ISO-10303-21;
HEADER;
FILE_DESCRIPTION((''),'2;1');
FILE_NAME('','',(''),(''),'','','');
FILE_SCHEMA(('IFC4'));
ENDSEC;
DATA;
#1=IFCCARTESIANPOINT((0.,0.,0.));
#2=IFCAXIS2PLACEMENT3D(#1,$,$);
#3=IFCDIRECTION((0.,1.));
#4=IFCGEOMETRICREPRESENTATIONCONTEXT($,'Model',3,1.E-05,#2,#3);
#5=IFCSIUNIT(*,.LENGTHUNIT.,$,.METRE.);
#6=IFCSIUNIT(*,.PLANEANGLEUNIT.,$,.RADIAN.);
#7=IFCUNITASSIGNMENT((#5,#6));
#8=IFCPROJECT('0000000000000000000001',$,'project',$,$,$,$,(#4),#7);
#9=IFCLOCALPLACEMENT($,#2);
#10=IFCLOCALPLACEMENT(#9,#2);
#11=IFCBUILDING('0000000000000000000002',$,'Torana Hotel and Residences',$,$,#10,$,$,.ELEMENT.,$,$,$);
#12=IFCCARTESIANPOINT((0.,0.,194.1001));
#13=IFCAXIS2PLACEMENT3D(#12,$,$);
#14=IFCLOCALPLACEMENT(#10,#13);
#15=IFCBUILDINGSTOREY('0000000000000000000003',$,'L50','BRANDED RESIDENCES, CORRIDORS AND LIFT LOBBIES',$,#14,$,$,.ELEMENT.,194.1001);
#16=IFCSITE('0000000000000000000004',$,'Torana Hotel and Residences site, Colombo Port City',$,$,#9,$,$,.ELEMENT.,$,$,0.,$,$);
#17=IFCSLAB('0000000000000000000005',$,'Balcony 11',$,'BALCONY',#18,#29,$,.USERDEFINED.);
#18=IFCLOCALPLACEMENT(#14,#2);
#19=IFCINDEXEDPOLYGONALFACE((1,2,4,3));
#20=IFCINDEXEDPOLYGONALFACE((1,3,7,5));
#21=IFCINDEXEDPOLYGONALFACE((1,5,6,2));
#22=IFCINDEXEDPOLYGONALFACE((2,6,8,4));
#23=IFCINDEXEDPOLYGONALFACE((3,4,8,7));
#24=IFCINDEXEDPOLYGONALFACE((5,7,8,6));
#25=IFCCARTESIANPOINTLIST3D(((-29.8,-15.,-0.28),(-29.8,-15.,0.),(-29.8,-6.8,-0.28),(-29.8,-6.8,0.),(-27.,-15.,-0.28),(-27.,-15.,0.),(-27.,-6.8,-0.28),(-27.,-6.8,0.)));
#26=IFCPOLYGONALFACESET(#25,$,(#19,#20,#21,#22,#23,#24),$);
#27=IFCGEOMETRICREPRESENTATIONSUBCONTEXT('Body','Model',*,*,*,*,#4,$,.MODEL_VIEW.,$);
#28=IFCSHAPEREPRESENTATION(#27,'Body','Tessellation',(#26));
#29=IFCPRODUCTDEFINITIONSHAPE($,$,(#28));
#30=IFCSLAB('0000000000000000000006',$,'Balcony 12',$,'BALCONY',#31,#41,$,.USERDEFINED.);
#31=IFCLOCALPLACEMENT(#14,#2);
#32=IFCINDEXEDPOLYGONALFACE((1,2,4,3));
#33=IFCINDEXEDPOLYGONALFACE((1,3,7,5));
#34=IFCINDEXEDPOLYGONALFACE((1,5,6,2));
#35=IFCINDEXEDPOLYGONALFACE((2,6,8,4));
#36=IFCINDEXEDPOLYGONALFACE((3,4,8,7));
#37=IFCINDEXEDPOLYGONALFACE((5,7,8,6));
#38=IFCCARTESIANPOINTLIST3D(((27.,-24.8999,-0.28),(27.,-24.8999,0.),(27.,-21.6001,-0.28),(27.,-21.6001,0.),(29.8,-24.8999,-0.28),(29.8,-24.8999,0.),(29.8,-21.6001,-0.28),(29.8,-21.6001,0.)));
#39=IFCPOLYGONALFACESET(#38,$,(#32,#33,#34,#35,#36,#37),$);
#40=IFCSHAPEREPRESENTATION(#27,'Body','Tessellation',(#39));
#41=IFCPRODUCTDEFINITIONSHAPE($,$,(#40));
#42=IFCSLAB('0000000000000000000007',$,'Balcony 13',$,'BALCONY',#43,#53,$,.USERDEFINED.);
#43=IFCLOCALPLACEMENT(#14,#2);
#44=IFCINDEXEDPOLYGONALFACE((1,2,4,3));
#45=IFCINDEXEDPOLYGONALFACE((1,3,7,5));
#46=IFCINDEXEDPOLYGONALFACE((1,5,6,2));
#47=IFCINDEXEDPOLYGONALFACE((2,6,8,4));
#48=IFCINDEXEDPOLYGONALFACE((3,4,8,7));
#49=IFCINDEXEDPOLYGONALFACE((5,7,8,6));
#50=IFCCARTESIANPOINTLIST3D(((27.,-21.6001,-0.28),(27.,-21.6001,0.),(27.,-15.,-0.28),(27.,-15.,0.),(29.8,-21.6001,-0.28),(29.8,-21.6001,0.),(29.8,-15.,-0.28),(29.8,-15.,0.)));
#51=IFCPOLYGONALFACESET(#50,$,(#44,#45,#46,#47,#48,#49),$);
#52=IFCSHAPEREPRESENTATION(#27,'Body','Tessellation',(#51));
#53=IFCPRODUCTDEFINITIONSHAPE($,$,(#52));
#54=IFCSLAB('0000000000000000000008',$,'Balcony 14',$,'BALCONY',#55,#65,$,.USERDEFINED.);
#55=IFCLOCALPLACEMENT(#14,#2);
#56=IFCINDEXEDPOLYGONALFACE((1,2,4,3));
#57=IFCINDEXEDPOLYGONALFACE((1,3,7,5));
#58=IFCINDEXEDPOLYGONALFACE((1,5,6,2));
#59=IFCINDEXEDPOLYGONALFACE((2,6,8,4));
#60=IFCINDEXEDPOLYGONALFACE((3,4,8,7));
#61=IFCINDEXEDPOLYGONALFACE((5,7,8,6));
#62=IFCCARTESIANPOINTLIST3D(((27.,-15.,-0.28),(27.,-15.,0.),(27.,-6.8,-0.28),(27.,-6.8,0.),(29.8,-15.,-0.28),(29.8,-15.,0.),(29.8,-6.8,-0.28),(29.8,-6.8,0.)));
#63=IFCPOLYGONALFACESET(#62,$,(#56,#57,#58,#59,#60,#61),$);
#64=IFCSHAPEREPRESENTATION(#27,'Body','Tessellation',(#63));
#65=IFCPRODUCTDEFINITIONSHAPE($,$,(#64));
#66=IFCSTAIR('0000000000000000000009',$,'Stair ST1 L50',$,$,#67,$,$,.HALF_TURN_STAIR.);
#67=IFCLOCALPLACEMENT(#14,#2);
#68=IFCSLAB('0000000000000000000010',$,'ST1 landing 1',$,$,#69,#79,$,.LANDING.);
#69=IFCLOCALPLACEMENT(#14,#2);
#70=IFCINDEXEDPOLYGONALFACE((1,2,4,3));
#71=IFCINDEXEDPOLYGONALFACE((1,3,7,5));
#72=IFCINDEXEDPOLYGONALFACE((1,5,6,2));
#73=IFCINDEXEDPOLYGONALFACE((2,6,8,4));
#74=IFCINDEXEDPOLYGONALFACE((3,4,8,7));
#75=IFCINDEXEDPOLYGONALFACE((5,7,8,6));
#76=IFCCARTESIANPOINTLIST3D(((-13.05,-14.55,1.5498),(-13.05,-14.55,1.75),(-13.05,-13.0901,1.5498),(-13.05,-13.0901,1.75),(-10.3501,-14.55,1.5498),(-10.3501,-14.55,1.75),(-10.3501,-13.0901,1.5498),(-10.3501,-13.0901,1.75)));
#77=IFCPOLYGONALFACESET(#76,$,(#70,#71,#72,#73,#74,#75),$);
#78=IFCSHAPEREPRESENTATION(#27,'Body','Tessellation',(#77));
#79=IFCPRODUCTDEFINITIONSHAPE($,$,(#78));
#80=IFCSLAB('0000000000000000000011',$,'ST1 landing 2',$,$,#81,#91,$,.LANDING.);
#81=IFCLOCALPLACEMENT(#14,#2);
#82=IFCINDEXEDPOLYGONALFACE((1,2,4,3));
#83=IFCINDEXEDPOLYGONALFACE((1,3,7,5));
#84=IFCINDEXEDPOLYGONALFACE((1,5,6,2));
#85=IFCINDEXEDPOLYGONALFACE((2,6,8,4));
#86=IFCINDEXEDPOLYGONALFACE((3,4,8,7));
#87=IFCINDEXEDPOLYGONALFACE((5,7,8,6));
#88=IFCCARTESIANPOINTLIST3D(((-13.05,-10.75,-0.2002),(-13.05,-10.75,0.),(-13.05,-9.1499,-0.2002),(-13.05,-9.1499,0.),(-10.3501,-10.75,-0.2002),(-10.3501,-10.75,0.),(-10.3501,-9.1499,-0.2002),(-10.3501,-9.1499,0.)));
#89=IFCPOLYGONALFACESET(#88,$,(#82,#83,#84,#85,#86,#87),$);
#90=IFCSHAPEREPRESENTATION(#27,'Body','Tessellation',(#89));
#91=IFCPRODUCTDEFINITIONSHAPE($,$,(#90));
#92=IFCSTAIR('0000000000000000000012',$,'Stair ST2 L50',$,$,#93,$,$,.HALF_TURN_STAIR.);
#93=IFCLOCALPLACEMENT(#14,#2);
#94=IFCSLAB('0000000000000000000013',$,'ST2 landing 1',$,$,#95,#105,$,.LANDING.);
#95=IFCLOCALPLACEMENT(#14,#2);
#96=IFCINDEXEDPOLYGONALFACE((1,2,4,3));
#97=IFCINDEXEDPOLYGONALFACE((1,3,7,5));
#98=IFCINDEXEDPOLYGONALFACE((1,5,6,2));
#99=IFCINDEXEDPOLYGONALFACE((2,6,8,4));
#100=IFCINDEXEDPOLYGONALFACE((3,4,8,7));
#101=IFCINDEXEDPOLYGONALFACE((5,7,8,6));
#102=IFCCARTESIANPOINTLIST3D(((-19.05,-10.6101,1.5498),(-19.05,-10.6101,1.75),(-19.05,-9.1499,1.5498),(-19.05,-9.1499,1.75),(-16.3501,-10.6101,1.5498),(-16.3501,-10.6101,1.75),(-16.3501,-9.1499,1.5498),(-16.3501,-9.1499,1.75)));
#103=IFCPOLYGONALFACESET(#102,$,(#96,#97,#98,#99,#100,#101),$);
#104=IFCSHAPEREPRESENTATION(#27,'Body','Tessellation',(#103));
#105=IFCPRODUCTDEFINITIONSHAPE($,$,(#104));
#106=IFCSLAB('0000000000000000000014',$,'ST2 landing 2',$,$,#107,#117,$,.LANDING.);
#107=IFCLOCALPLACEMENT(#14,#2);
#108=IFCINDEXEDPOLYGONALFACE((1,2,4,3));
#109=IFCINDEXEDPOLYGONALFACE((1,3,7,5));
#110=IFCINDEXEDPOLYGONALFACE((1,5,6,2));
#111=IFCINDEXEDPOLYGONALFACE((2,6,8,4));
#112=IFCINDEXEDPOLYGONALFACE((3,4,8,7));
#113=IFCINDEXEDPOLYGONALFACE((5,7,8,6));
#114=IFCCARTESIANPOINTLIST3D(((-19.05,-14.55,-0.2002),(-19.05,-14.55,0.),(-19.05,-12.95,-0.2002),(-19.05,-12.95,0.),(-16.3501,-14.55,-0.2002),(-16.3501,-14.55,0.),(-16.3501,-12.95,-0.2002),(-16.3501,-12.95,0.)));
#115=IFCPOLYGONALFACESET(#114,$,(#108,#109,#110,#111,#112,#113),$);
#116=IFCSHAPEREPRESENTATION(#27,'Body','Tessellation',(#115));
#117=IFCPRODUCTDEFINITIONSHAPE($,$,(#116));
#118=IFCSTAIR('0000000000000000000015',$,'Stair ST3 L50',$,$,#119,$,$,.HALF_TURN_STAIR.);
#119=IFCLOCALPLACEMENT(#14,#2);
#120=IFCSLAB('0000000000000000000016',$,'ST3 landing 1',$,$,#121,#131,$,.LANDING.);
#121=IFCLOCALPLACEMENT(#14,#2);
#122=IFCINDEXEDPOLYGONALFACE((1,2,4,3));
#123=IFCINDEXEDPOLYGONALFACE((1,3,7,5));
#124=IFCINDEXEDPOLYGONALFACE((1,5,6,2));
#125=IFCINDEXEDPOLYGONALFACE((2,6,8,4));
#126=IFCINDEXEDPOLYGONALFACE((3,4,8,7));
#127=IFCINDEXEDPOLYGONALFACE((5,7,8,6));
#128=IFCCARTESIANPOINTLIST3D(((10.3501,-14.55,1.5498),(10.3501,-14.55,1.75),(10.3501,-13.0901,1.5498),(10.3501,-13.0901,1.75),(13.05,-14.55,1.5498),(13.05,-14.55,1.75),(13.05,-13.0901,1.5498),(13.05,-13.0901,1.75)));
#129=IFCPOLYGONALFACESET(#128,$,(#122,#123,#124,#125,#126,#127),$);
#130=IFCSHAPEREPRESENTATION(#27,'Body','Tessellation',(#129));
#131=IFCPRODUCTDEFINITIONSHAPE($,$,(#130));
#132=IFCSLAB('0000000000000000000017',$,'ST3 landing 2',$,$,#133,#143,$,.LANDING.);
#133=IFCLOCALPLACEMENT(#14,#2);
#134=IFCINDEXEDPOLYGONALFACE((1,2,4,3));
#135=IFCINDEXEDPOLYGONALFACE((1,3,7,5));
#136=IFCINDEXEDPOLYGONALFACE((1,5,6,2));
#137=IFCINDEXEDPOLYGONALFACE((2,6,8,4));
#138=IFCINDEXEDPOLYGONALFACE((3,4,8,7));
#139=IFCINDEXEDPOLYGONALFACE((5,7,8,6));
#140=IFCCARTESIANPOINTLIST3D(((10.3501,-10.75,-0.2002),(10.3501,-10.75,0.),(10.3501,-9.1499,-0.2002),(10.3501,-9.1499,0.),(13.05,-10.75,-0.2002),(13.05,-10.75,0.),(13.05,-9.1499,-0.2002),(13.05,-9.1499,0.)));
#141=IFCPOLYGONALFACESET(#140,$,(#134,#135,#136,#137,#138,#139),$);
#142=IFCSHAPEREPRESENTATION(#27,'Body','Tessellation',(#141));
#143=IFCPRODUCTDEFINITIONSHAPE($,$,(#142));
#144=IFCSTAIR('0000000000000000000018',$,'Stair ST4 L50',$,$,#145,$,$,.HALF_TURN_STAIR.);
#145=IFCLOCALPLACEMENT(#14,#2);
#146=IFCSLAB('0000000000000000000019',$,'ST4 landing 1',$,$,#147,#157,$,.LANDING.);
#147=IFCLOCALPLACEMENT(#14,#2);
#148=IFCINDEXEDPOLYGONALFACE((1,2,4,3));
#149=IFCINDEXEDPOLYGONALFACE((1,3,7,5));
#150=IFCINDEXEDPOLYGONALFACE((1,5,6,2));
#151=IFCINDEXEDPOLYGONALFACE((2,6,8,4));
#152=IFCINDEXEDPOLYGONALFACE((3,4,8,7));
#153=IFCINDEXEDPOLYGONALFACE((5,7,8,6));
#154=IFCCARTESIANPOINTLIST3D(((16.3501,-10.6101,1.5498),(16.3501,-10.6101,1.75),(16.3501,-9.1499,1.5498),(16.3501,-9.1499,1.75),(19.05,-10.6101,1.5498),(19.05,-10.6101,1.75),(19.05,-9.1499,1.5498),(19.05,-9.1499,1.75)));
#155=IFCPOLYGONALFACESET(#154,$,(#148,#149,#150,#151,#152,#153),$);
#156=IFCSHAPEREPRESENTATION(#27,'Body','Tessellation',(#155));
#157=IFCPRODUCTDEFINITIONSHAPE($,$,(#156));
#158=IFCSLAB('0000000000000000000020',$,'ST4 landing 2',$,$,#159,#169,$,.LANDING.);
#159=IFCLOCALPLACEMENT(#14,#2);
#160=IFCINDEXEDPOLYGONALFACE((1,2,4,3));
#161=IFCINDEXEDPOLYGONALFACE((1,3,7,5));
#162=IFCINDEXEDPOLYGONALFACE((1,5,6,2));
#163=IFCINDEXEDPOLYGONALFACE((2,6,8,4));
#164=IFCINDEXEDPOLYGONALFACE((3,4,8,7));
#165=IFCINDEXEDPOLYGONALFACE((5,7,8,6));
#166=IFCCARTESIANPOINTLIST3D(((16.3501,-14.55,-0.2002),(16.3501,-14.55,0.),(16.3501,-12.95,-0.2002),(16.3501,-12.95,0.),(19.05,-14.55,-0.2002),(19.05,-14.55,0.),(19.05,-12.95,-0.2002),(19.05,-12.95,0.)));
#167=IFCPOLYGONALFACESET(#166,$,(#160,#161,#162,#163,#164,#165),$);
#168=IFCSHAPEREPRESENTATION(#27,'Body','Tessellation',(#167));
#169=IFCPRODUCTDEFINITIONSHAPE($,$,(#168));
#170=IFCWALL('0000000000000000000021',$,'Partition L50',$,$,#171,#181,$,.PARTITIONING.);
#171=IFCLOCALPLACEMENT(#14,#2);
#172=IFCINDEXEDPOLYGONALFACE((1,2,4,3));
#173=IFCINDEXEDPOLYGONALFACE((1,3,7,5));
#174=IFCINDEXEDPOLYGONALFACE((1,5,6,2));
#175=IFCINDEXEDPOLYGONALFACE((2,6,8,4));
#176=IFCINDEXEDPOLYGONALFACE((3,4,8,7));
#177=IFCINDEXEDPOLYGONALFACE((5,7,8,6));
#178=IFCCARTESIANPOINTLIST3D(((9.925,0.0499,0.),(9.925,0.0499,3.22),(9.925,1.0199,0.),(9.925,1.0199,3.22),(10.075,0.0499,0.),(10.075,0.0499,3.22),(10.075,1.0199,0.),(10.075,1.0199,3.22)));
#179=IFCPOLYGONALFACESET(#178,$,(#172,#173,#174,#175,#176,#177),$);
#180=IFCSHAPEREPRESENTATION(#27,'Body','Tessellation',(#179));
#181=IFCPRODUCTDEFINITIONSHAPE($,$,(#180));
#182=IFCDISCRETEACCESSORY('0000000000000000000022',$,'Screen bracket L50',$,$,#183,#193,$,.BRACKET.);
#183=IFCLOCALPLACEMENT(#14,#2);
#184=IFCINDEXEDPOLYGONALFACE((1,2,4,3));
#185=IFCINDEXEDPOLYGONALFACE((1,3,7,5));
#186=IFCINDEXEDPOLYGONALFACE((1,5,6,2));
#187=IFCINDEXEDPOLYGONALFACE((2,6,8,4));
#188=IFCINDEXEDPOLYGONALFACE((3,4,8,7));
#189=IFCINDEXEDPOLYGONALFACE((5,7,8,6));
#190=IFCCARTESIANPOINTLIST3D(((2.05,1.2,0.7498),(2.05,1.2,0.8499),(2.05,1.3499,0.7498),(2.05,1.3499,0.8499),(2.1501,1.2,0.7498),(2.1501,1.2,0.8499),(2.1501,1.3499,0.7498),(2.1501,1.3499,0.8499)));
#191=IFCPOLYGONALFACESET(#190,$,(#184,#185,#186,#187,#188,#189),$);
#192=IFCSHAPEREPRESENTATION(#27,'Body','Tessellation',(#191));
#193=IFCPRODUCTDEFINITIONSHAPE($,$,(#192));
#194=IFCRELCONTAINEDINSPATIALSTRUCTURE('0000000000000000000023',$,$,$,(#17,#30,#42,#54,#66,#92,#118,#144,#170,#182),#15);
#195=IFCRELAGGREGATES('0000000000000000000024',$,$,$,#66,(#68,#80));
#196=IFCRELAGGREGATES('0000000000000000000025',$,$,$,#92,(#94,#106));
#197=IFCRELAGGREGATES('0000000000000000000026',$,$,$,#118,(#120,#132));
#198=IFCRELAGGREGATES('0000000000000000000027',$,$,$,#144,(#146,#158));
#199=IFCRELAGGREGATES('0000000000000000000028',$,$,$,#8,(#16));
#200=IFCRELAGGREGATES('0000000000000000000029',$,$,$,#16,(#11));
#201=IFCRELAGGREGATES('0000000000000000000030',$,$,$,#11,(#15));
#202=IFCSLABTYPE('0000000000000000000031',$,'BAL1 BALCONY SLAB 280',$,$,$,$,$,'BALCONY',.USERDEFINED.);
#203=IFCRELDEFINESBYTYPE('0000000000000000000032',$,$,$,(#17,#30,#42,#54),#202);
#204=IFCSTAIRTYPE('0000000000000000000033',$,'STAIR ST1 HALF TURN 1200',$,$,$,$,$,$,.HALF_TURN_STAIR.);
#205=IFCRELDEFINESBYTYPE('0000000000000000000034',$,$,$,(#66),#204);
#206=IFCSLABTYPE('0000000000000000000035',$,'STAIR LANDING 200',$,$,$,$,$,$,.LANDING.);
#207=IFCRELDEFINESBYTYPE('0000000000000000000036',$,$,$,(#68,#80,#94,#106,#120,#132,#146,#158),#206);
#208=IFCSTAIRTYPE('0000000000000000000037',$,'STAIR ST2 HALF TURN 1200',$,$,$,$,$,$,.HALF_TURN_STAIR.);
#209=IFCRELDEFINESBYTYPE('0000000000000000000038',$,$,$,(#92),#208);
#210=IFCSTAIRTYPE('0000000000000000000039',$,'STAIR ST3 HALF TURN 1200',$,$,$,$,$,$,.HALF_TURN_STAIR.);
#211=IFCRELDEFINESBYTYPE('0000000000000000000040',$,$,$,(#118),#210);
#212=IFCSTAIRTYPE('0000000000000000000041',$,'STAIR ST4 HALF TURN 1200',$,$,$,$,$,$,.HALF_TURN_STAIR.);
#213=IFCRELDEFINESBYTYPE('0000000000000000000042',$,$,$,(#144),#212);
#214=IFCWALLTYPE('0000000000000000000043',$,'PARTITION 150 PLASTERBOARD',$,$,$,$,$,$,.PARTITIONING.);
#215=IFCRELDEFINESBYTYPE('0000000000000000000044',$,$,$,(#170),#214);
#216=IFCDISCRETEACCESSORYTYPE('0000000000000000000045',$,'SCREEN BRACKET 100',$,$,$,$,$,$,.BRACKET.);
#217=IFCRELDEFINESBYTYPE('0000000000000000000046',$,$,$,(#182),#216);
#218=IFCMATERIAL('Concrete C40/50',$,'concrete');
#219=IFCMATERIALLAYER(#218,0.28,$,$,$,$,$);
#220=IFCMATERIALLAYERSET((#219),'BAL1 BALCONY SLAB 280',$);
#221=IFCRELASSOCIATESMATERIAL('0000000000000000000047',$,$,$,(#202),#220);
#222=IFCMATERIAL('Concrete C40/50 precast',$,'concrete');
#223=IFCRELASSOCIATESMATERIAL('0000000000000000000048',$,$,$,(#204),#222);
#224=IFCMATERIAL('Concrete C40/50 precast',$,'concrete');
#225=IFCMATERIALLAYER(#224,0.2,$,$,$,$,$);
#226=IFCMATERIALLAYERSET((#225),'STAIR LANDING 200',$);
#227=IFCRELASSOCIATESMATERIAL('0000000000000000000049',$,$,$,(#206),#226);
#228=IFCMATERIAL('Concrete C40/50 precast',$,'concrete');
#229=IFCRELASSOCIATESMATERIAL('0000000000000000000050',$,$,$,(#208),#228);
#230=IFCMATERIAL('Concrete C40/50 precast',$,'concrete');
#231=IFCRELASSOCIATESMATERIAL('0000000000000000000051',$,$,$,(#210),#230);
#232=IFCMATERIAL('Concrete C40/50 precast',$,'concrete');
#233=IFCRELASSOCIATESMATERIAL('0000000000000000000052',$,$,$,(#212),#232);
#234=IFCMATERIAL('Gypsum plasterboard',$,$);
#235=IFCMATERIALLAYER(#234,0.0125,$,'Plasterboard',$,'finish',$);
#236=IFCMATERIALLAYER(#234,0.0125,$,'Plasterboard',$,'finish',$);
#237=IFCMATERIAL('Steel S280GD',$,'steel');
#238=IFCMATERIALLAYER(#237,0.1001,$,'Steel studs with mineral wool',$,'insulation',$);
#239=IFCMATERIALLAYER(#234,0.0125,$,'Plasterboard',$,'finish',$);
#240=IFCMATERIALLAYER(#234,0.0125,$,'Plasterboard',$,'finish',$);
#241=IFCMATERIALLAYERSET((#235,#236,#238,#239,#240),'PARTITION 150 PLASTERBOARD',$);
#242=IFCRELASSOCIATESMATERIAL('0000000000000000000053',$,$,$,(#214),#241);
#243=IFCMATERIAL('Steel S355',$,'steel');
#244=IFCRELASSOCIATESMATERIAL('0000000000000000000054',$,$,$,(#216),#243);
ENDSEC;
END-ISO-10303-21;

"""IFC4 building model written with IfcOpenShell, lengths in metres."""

from ifc_helpers import new_model, si_unit, direction, frame, frame_2d, origin, origin_2d, place, context, subcontext, project, spatial, polyline, rectangle, outline, extrude, material, layer, layer_set, type_object, element, aggregate, save


model = new_model("IFC4")

# Units and contexts
model_context = context("Model", 3, precision=1e-05, world=origin(), true_north=direction((0.0, 1.0)))
body_context = subcontext(model_context, "Body", "Model", "MODEL_VIEW")
ifc_project = project(units=[si_unit("LENGTHUNIT", "METRE"), si_unit("PLANEANGLEUNIT", "RADIAN")], contexts=[model_context])

# Site, building, storey
site_placement = place(None, origin())
site = spatial("IfcSite", under=ifc_project, at=site_placement, Name="Torana Hotel and Residences site, Colombo Port City", CompositionType="ELEMENT", RefElevation=0.0)
building_placement = place(site_placement, origin())
building = spatial("IfcBuilding", under=site, at=building_placement, Name="Torana Hotel and Residences", CompositionType="ELEMENT")
storey_placement = place(building_placement, frame((0.0, 0.0, 194.1001)))
storey = spatial("IfcBuildingStorey", under=building, at=storey_placement, Name="L50", Description="BRANDED RESIDENCES, CORRIDORS AND LIFT LOBBIES", CompositionType="ELEMENT", Elevation=194.1001)

# Slabs
ifc_material_1 = material(Name="Concrete C40/50", Category="concrete")
ifc_layer_1 = layer(ifc_material_1, 0.28)
ifc_layer_set_1 = layer_set([ifc_layer_1], Name="BAL1 BALCONY SLAB 280")
slab_type_1 = type_object("IfcSlabType", Name="BAL1 BALCONY SLAB 280", ElementType="BALCONY", PredefinedType="USERDEFINED", material=ifc_layer_set_1)
slab_1_placement = place(storey_placement, frame((0.0, 0.0, -0.28)))
element("IfcSlab", 1, at=slab_1_placement, inside=storey, type_object=slab_type_1, Name="Balcony 11", ObjectType="BALCONY", PredefinedType="USERDEFINED", context=body_context, shape_type="SweptSolid", body=[
    extrude(outline(polyline([(-29.8, -15.0), (-27.0, -15.0), (-27.0, -6.8), (-29.8, -6.8), (-29.8, -15.0)])), origin(), (0.0, 0.0, 1.0), 0.28),
])
slab_2_placement = place(storey_placement, frame((0.0, 0.0, -0.28)))
element("IfcSlab", 2, at=slab_2_placement, inside=storey, type_object=slab_type_1, Name="Balcony 12", ObjectType="BALCONY", PredefinedType="USERDEFINED", context=body_context, shape_type="SweptSolid", body=[
    extrude(outline(polyline([(27.0, -24.8999), (29.8, -24.8999), (29.8, -21.6001), (27.0, -21.6001), (27.0, -24.8999)])), origin(), (0.0, 0.0, 1.0), 0.28),
])
slab_3_placement = place(storey_placement, frame((0.0, 0.0, -0.28)))
element("IfcSlab", 3, at=slab_3_placement, inside=storey, type_object=slab_type_1, Name="Balcony 13", ObjectType="BALCONY", PredefinedType="USERDEFINED", context=body_context, shape_type="SweptSolid", body=[
    extrude(outline(polyline([(27.0, -21.6001), (29.8, -21.6001), (29.8, -15.0), (27.0, -15.0), (27.0, -21.6001)])), origin(), (0.0, 0.0, 1.0), 0.28),
])
slab_4_placement = place(storey_placement, frame((0.0, 0.0, -0.28)))
element("IfcSlab", 4, at=slab_4_placement, inside=storey, type_object=slab_type_1, Name="Balcony 14", ObjectType="BALCONY", PredefinedType="USERDEFINED", context=body_context, shape_type="SweptSolid", body=[
    extrude(outline(polyline([(27.0, -15.0), (29.8, -15.0), (29.8, -6.8), (27.0, -6.8), (27.0, -15.0)])), origin(), (0.0, 0.0, 1.0), 0.28),
])

# Stairs, slabs
ifc_material_2 = material(Name="Concrete C40/50 precast", Category="concrete")
stair_type_1 = type_object("IfcStairType", Name="STAIR ST1 HALF TURN 1200", PredefinedType="HALF_TURN_STAIR", material=ifc_material_2)
stair_1_placement = place(storey_placement, origin())
stair_1 = element("IfcStair", 5, at=stair_1_placement, inside=storey, type_object=stair_type_1, Name="Stair ST1 L50", PredefinedType="HALF_TURN_STAIR")
ifc_material_3 = material(Name="Concrete C40/50 precast", Category="concrete")
ifc_layer_2 = layer(ifc_material_3, 0.2)
ifc_layer_set_2 = layer_set([ifc_layer_2], Name="STAIR LANDING 200")
slab_type_2 = type_object("IfcSlabType", Name="STAIR LANDING 200", PredefinedType="LANDING", material=ifc_layer_set_2)
slab_5_placement = place(storey_placement, frame((0.0, 0.0, 1.5498)))
slab_5 = element("IfcSlab", 6, at=slab_5_placement, type_object=slab_type_2, Name="ST1 landing 1", PredefinedType="LANDING", context=body_context, shape_type="SweptSolid", body=[
    extrude(outline(polyline([(-13.05, -14.55), (-10.3501, -14.55), (-10.3501, -13.0901), (-13.05, -13.0901), (-13.05, -14.55)])), origin(), (0.0, 0.0, 1.0), 0.2002),
])
slab_6_placement = place(storey_placement, frame((0.0, 0.0, -0.2002)))
slab_6 = element("IfcSlab", 7, at=slab_6_placement, type_object=slab_type_2, Name="ST1 landing 2", PredefinedType="LANDING", context=body_context, shape_type="SweptSolid", body=[
    extrude(outline(polyline([(-13.05, -10.75), (-10.3501, -10.75), (-10.3501, -9.1499), (-13.05, -9.1499), (-13.05, -10.75)])), origin(), (0.0, 0.0, 1.0), 0.2002),
])
aggregate(stair_1, [slab_5, slab_6])
ifc_material_4 = material(Name="Concrete C40/50 precast", Category="concrete")
stair_type_2 = type_object("IfcStairType", Name="STAIR ST2 HALF TURN 1200", PredefinedType="HALF_TURN_STAIR", material=ifc_material_4)
stair_2_placement = place(storey_placement, origin())
stair_2 = element("IfcStair", 8, at=stair_2_placement, inside=storey, type_object=stair_type_2, Name="Stair ST2 L50", PredefinedType="HALF_TURN_STAIR")
slab_7_placement = place(storey_placement, frame((0.0, 0.0, 1.5498)))
slab_7 = element("IfcSlab", 9, at=slab_7_placement, type_object=slab_type_2, Name="ST2 landing 1", PredefinedType="LANDING", context=body_context, shape_type="SweptSolid", body=[
    extrude(outline(polyline([(-19.05, -10.6101), (-16.3501, -10.6101), (-16.3501, -9.1499), (-19.05, -9.1499), (-19.05, -10.6101)])), origin(), (0.0, 0.0, 1.0), 0.2002),
])
slab_8_placement = place(storey_placement, frame((0.0, 0.0, -0.2002)))
slab_8 = element("IfcSlab", 10, at=slab_8_placement, type_object=slab_type_2, Name="ST2 landing 2", PredefinedType="LANDING", context=body_context, shape_type="SweptSolid", body=[
    extrude(outline(polyline([(-19.05, -14.55), (-16.3501, -14.55), (-16.3501, -12.95), (-19.05, -12.95), (-19.05, -14.55)])), origin(), (0.0, 0.0, 1.0), 0.2002),
])
aggregate(stair_2, [slab_7, slab_8])
ifc_material_5 = material(Name="Concrete C40/50 precast", Category="concrete")
stair_type_3 = type_object("IfcStairType", Name="STAIR ST3 HALF TURN 1200", PredefinedType="HALF_TURN_STAIR", material=ifc_material_5)
stair_3_placement = place(storey_placement, origin())
stair_3 = element("IfcStair", 11, at=stair_3_placement, inside=storey, type_object=stair_type_3, Name="Stair ST3 L50", PredefinedType="HALF_TURN_STAIR")
slab_9_placement = place(storey_placement, frame((0.0, 0.0, 1.5498)))
slab_9 = element("IfcSlab", 12, at=slab_9_placement, type_object=slab_type_2, Name="ST3 landing 1", PredefinedType="LANDING", context=body_context, shape_type="SweptSolid", body=[
    extrude(outline(polyline([(10.3501, -14.55), (13.05, -14.55), (13.05, -13.0901), (10.3501, -13.0901), (10.3501, -14.55)])), origin(), (0.0, 0.0, 1.0), 0.2002),
])
slab_10_placement = place(storey_placement, frame((0.0, 0.0, -0.2002)))
slab_10 = element("IfcSlab", 13, at=slab_10_placement, type_object=slab_type_2, Name="ST3 landing 2", PredefinedType="LANDING", context=body_context, shape_type="SweptSolid", body=[
    extrude(outline(polyline([(10.3501, -10.75), (13.05, -10.75), (13.05, -9.1499), (10.3501, -9.1499), (10.3501, -10.75)])), origin(), (0.0, 0.0, 1.0), 0.2002),
])
aggregate(stair_3, [slab_9, slab_10])
ifc_material_6 = material(Name="Concrete C40/50 precast", Category="concrete")
stair_type_4 = type_object("IfcStairType", Name="STAIR ST4 HALF TURN 1200", PredefinedType="HALF_TURN_STAIR", material=ifc_material_6)
stair_4_placement = place(storey_placement, origin())
stair_4 = element("IfcStair", 14, at=stair_4_placement, inside=storey, type_object=stair_type_4, Name="Stair ST4 L50", PredefinedType="HALF_TURN_STAIR")
slab_11_placement = place(storey_placement, frame((0.0, 0.0, 1.5498)))
slab_11 = element("IfcSlab", 15, at=slab_11_placement, type_object=slab_type_2, Name="ST4 landing 1", PredefinedType="LANDING", context=body_context, shape_type="SweptSolid", body=[
    extrude(outline(polyline([(16.3501, -10.6101), (19.05, -10.6101), (19.05, -9.1499), (16.3501, -9.1499), (16.3501, -10.6101)])), origin(), (0.0, 0.0, 1.0), 0.2002),
])
slab_12_placement = place(storey_placement, frame((0.0, 0.0, -0.2002)))
slab_12 = element("IfcSlab", 16, at=slab_12_placement, type_object=slab_type_2, Name="ST4 landing 2", PredefinedType="LANDING", context=body_context, shape_type="SweptSolid", body=[
    extrude(outline(polyline([(16.3501, -14.55), (19.05, -14.55), (19.05, -12.95), (16.3501, -12.95), (16.3501, -14.55)])), origin(), (0.0, 0.0, 1.0), 0.2002),
])
aggregate(stair_4, [slab_11, slab_12])

# Wall
ifc_material_7 = material(Name="Gypsum plasterboard")
ifc_layer_3 = layer(ifc_material_7, 0.0125, Name="Plasterboard", Category="finish")
ifc_layer_4 = layer(ifc_material_7, 0.0125, Name="Plasterboard", Category="finish")
ifc_material_8 = material(Name="Steel S280GD", Category="steel")
ifc_layer_5 = layer(ifc_material_8, 0.1001, Name="Steel studs with mineral wool", Category="insulation")
ifc_layer_6 = layer(ifc_material_7, 0.0125, Name="Plasterboard", Category="finish")
ifc_layer_7 = layer(ifc_material_7, 0.0125, Name="Plasterboard", Category="finish")
ifc_layer_set_3 = layer_set([ifc_layer_3, ifc_layer_4, ifc_layer_5, ifc_layer_6, ifc_layer_7], Name="PARTITION 150 PLASTERBOARD")
wall_type = type_object("IfcWallType", Name="PARTITION 150 PLASTERBOARD", PredefinedType="PARTITIONING", material=ifc_layer_set_3)
wall_placement = place(storey_placement, frame((10.0, 0.05, 0.0), z_axis=(0.0, 0.0, 1.0), x_axis=(0.0, 1.0, 0.0)))
element("IfcWall", 17, at=wall_placement, inside=storey, type_object=wall_type, Name="Partition L50", PredefinedType="PARTITIONING", context=body_context, shape_type="SweptSolid", body=[
    extrude(rectangle(XDim=0.97, YDim=0.1499, at=frame_2d((0.4849, 0.0))), origin(), (0.0, 0.0, 1.0), 3.22),
])

# Discrete accessory
ifc_material_9 = material(Name="Steel S355", Category="steel")
discrete_accessory_type = type_object("IfcDiscreteAccessoryType", Name="SCREEN BRACKET 100", PredefinedType="BRACKET", material=ifc_material_9)
for number, where, z_axis, x_axis, name in (
    (18, (2.1001, 1.2749, 0.7498), (0.0, 0.0, 1.0), (-1.0, 0.0, 0.0), "Screen bracket L50"),
):
    element("IfcDiscreteAccessory", number, at=place(storey_placement, frame(where, z_axis=z_axis, x_axis=x_axis)), inside=storey, type_object=discrete_accessory_type, Name=name, PredefinedType="BRACKET", context=body_context, shape_type="SweptSolid", body=[
        extrude(rectangle(XDim=0.1001, YDim=0.1499, at=origin_2d()), origin(), (0.0, 0.0, 1.0), 0.1001),
    ])

save(model, "model.ifc")
